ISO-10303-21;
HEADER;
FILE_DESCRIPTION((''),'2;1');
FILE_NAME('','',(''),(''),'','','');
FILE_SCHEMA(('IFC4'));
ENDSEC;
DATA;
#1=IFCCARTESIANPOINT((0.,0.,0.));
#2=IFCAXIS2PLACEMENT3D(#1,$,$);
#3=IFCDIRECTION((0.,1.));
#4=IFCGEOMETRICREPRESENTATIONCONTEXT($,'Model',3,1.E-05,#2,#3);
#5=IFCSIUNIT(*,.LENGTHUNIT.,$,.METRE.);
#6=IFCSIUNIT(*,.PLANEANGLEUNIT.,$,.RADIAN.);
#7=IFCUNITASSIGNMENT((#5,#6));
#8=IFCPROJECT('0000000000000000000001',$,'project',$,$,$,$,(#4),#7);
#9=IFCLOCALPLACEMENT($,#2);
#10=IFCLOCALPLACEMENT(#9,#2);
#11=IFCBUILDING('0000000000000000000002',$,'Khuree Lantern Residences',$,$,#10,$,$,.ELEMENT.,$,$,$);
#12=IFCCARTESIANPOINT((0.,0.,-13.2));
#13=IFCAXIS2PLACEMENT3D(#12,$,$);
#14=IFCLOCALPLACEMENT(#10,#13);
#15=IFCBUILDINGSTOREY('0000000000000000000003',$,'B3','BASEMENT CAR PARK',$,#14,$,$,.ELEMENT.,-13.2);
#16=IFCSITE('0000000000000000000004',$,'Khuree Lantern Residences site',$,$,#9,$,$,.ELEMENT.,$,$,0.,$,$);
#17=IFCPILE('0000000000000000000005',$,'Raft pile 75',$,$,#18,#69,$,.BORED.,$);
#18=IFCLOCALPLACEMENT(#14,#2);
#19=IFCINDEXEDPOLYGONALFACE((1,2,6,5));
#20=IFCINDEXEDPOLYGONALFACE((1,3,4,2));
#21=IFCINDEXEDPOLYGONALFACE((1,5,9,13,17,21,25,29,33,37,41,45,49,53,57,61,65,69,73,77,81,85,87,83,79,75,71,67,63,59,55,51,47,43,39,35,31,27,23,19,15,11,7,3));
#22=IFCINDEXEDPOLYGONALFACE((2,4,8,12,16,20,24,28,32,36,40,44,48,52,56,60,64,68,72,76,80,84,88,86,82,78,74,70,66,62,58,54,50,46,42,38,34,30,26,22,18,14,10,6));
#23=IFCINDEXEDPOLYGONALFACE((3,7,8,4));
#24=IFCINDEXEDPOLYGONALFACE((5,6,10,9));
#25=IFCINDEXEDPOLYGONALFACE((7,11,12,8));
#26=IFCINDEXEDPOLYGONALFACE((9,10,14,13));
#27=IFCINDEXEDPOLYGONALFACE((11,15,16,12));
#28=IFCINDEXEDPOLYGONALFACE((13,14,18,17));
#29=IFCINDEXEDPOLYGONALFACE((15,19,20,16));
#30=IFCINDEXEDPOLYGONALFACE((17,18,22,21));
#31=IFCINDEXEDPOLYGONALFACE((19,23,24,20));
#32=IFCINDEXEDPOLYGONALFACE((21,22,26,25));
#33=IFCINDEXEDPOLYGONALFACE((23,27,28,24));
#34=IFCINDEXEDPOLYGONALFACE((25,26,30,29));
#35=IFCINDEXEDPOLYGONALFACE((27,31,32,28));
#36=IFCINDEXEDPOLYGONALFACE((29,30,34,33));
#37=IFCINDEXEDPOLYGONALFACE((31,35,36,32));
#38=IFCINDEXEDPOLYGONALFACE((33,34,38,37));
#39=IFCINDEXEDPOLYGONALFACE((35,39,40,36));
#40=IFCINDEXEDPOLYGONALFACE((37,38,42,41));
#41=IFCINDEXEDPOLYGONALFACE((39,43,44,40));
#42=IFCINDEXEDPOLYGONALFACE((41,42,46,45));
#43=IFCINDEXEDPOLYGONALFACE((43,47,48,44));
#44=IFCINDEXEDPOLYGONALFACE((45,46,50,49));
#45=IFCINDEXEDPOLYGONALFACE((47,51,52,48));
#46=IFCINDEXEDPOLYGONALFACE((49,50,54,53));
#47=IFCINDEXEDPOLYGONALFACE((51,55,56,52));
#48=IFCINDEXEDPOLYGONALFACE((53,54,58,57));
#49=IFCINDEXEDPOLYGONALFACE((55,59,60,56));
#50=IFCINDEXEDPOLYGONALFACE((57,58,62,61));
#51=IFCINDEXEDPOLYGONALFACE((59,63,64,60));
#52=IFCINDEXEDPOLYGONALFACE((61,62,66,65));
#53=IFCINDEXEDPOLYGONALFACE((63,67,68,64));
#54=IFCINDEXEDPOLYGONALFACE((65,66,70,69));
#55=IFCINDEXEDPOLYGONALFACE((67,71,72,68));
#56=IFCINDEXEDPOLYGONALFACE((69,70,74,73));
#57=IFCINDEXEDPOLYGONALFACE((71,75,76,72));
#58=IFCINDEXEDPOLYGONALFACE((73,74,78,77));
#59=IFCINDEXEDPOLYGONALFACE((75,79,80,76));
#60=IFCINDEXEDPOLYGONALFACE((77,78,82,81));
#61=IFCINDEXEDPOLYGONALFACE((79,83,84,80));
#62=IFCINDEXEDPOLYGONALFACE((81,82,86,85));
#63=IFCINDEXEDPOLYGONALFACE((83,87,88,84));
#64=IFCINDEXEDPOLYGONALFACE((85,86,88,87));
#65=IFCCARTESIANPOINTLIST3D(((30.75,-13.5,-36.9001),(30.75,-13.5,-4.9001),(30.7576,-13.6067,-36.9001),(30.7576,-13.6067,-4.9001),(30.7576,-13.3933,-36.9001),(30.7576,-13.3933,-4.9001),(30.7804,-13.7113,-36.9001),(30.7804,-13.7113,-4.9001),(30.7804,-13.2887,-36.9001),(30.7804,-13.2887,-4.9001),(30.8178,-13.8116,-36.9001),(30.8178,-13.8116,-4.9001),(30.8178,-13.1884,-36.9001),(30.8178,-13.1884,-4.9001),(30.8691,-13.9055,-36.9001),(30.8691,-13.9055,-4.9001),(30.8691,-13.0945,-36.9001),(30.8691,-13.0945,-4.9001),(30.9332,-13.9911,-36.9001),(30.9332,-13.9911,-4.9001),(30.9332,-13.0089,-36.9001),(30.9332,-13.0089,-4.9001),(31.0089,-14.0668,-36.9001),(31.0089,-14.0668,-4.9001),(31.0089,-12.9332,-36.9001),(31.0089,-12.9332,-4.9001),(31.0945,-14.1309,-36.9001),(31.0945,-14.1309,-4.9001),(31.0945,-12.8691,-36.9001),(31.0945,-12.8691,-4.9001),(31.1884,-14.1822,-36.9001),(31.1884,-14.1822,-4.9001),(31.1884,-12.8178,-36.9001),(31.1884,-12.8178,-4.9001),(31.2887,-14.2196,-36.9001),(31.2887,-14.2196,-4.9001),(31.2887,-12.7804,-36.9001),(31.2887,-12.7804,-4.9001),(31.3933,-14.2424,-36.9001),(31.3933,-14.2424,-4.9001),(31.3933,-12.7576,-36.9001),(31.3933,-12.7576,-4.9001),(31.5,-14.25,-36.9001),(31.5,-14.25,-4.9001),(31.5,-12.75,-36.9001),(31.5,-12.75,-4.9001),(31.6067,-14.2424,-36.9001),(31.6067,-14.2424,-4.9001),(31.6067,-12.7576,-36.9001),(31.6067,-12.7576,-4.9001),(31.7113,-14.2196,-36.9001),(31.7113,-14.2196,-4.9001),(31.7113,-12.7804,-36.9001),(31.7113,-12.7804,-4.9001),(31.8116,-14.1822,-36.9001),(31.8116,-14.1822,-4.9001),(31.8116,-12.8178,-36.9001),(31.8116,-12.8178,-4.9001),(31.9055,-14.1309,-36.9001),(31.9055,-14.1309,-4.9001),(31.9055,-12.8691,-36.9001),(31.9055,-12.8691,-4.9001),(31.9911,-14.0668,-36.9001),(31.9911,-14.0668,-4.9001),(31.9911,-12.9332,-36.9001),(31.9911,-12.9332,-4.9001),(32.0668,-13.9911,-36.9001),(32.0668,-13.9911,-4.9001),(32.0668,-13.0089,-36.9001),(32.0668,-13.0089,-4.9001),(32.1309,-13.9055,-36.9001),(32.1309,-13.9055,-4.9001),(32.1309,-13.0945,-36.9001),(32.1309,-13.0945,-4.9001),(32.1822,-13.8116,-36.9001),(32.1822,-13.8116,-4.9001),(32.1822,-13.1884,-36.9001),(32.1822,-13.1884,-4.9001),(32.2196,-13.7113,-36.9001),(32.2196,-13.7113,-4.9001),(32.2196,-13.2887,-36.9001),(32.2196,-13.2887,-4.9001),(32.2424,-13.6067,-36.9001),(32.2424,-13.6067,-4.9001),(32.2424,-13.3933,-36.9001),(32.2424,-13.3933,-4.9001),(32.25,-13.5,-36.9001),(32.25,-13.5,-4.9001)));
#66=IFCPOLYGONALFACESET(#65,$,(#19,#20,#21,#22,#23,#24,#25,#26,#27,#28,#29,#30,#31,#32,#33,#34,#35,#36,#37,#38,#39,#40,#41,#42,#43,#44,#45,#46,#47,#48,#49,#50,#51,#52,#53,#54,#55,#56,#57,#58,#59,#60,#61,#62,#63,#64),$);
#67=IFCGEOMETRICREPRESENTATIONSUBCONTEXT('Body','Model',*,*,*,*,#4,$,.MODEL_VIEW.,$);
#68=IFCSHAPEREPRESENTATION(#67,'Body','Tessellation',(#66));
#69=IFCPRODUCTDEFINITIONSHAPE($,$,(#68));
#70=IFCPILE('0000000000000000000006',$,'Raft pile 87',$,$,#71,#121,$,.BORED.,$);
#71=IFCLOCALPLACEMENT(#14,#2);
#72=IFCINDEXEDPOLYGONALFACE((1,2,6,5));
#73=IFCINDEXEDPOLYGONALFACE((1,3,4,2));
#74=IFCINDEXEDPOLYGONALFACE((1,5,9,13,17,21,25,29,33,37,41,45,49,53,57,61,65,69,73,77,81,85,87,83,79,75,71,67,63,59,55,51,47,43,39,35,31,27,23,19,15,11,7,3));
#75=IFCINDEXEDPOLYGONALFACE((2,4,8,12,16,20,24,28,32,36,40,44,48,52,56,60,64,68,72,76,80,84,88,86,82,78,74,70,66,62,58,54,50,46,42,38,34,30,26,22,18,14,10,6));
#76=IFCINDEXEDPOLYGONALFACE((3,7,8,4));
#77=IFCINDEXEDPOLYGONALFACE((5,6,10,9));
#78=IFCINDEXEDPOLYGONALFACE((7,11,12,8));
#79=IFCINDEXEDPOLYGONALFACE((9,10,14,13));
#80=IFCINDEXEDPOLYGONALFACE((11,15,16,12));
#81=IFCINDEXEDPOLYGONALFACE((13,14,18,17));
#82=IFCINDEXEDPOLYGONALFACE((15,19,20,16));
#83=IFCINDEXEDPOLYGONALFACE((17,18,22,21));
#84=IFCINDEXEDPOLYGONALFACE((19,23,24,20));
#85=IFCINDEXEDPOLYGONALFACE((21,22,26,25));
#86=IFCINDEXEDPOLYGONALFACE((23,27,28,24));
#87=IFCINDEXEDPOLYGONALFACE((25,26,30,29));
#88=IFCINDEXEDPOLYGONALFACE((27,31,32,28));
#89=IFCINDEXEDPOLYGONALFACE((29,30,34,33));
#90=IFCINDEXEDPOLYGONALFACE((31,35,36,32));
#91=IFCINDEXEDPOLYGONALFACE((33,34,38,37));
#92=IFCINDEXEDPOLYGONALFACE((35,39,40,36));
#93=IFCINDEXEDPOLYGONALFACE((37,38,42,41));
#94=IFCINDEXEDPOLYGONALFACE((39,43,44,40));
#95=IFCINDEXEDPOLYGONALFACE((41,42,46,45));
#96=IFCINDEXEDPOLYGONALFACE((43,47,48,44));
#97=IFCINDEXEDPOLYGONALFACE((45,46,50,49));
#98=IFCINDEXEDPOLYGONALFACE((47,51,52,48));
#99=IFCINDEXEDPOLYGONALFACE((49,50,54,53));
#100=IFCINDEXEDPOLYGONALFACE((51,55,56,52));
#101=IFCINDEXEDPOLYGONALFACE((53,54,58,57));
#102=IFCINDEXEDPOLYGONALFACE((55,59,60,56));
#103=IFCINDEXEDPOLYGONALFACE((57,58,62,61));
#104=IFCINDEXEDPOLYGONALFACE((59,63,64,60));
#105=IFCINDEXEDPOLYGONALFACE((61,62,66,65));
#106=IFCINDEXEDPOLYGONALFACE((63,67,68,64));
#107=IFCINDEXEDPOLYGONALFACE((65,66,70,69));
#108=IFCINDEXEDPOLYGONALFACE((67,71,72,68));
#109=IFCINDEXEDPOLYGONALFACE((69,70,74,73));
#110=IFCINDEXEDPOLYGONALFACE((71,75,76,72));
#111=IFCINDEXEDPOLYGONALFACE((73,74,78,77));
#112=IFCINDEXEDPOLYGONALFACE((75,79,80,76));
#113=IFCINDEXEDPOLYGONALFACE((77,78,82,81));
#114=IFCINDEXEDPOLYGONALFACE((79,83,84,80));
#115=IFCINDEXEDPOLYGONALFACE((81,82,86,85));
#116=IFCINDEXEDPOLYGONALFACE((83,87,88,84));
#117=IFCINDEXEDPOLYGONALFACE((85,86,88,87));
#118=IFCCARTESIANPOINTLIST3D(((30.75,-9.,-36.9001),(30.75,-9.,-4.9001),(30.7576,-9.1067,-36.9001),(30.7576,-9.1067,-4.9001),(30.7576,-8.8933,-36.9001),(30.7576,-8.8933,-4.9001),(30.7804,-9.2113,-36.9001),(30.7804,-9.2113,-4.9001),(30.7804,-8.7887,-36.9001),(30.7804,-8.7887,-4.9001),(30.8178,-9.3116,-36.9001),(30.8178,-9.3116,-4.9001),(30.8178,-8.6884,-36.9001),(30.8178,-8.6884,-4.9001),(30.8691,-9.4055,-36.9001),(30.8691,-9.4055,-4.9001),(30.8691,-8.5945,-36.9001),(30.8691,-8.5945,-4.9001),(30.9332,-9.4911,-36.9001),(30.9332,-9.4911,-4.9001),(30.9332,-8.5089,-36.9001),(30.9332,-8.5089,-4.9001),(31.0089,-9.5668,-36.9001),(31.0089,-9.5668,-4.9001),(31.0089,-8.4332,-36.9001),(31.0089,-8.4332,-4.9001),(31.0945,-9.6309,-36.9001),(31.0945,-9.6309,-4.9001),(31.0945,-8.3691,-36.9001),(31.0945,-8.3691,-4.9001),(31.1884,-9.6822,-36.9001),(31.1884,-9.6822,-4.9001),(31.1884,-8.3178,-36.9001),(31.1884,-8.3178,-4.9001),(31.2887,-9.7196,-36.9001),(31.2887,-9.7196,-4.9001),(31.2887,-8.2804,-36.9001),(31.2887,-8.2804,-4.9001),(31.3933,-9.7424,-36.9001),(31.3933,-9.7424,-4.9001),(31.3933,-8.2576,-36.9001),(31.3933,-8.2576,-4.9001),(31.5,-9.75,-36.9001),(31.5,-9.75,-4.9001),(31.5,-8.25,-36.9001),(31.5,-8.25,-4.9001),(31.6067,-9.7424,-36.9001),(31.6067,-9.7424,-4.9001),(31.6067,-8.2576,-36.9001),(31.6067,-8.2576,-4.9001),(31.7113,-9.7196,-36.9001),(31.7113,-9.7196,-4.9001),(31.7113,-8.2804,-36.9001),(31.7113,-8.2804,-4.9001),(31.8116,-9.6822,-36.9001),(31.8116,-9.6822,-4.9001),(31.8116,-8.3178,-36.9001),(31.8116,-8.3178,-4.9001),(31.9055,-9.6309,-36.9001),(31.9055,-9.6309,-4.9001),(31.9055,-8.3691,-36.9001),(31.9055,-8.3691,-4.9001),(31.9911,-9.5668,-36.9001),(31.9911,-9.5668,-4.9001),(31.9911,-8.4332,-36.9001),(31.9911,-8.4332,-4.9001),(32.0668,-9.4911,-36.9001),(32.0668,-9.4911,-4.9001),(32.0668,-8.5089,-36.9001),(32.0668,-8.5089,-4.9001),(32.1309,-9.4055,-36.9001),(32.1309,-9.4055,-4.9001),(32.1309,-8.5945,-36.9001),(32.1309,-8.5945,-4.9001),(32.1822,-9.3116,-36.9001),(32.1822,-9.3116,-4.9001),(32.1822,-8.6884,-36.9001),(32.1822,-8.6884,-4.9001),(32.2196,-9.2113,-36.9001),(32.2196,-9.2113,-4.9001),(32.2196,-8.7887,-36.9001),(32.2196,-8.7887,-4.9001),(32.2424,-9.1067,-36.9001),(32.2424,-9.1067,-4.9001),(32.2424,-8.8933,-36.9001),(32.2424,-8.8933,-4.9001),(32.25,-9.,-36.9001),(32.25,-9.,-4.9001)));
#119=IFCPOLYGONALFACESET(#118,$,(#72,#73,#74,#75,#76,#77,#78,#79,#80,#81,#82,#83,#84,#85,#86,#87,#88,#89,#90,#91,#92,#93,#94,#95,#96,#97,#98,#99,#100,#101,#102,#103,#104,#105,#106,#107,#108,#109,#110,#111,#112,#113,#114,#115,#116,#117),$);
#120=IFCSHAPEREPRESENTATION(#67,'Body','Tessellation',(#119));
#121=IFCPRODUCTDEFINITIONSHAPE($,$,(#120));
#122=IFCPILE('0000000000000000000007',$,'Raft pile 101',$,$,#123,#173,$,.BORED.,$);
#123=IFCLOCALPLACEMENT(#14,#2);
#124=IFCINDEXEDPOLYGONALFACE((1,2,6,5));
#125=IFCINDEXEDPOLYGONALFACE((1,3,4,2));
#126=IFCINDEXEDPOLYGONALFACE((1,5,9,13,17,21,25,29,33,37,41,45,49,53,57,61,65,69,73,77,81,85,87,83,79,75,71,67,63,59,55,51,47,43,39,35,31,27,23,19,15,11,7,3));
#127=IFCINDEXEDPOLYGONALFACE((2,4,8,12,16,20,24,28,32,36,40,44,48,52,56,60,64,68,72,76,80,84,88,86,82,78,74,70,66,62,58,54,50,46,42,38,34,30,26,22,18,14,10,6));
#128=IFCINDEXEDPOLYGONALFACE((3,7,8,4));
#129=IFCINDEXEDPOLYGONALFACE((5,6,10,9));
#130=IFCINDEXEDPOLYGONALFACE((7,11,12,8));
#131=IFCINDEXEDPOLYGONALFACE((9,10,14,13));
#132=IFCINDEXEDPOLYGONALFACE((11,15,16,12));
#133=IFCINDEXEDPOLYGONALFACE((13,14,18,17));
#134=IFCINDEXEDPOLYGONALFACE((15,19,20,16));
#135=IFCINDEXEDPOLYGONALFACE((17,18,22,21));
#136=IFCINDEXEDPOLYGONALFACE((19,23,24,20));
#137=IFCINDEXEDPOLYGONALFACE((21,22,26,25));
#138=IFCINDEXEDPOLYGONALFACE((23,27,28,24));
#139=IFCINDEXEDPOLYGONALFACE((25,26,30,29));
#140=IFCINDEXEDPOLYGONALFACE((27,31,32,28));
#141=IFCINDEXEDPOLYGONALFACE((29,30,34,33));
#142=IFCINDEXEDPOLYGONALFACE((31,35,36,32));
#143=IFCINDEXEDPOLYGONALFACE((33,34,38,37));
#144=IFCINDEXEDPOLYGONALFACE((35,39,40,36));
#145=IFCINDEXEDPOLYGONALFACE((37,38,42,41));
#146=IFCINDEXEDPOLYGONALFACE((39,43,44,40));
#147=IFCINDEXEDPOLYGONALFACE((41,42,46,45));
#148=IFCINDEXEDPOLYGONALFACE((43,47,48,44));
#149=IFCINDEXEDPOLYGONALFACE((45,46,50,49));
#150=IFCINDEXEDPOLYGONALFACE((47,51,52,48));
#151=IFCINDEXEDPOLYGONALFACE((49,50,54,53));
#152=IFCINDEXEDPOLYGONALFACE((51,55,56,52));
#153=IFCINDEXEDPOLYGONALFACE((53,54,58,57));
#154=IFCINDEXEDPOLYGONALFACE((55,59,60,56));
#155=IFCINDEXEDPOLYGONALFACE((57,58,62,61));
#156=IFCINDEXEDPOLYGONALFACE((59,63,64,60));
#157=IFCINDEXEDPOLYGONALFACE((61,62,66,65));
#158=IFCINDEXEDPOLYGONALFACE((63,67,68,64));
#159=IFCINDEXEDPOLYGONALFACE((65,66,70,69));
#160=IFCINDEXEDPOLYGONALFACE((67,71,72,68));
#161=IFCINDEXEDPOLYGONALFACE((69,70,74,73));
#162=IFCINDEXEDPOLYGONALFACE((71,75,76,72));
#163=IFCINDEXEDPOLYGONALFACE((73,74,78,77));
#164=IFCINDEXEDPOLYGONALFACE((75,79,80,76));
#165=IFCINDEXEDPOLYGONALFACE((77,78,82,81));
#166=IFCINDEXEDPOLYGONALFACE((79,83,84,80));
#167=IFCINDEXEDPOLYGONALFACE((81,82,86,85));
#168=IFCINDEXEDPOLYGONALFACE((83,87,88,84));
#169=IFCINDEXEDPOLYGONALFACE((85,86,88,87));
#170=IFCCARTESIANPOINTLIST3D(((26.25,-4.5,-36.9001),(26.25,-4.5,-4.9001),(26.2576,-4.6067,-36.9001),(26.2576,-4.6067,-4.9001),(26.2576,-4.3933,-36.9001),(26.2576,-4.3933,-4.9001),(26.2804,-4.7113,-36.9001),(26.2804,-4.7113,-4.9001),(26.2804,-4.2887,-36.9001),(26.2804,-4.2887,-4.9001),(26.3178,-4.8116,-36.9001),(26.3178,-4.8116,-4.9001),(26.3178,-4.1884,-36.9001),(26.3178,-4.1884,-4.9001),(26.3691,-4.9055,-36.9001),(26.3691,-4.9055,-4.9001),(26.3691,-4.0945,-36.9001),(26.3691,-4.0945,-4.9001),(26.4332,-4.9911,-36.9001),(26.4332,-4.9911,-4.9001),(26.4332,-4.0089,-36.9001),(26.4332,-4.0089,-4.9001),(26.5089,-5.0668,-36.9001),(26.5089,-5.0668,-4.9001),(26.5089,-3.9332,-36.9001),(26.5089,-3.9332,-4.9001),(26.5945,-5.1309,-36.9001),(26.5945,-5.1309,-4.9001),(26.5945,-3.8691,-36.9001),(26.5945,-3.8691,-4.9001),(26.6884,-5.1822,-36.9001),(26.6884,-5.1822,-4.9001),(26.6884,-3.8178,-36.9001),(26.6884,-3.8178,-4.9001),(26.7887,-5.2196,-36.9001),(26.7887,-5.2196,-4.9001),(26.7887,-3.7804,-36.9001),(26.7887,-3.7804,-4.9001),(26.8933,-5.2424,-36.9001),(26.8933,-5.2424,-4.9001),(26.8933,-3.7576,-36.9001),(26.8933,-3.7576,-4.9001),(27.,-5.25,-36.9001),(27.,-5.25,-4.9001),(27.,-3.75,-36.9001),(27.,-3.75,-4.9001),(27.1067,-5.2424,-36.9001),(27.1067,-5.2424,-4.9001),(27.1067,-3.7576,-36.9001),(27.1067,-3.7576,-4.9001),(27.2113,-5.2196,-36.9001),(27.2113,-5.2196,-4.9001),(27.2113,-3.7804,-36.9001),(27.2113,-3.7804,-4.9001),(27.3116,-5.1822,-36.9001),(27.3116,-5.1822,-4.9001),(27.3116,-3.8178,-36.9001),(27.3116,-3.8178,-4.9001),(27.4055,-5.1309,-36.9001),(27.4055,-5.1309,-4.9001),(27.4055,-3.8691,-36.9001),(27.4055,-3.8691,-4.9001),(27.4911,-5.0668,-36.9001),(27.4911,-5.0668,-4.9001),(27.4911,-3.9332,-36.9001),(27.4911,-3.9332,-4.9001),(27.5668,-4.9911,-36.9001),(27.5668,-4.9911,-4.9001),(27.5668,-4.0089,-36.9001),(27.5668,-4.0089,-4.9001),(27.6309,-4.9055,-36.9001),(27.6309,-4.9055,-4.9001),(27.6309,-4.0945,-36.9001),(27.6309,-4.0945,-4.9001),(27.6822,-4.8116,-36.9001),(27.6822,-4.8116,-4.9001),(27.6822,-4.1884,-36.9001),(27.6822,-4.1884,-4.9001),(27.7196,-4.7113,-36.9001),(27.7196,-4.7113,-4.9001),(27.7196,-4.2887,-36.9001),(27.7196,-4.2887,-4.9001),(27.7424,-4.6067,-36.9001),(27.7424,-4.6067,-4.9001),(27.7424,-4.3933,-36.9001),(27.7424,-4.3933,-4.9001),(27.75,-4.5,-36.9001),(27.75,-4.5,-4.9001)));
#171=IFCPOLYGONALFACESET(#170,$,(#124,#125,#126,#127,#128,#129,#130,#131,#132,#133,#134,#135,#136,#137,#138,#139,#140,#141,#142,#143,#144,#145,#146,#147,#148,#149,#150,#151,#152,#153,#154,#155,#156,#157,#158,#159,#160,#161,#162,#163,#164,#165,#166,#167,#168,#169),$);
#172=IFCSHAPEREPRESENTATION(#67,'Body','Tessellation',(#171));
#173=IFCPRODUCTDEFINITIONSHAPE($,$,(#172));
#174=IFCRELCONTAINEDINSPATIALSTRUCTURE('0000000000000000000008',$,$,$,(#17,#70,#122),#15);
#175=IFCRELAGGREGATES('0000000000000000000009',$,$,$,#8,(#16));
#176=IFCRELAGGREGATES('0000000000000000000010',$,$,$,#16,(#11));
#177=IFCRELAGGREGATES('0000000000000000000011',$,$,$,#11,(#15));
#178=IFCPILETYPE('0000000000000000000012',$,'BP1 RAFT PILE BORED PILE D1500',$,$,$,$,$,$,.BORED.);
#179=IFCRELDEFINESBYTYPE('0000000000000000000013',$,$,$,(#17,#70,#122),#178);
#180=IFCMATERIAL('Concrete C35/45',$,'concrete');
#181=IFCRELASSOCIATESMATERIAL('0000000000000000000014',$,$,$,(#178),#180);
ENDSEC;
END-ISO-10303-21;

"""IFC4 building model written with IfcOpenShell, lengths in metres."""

from ifc_helpers import new_model, si_unit, direction, frame, origin, origin_2d, place, context, subcontext, project, spatial, circle, extrude, material, material_profile, profile_set, type_object, element, save


model = new_model("IFC4")

# Units and contexts
model_context = context("Model", 3, precision=1e-05, world=origin(), true_north=direction((0.0, 1.0)))
body_context = subcontext(model_context, "Body", "Model", "MODEL_VIEW")
ifc_project = project(units=[si_unit("LENGTHUNIT", "METRE"), si_unit("PLANEANGLEUNIT", "RADIAN")], contexts=[model_context])

# Site, building, storey
site_placement = place(None, origin())
site = spatial("IfcSite", under=ifc_project, at=site_placement, Name="Khuree Lantern Residences site", CompositionType="ELEMENT", RefElevation=0.0)
building_placement = place(site_placement, origin())
building = spatial("IfcBuilding", under=site, at=building_placement, Name="Khuree Lantern Residences", CompositionType="ELEMENT")
storey_placement = place(building_placement, frame((0.0, 0.0, -13.2)))
storey = spatial("IfcBuildingStorey", under=building, at=storey_placement, Name="B3", Description="BASEMENT CAR PARK", CompositionType="ELEMENT", Elevation=-13.2)

# Piles
ifc_material_1 = material(Name="Concrete C35/45", Category="concrete")
ifc_material_profile_1 = material_profile(ifc_material_1, circle(Radius=0.75, at=origin_2d()), Name="BORED PILE D1500")
ifc_profile_set_1 = profile_set([ifc_material_profile_1], Name="Concrete C35/45")
pile_type_1 = type_object("IfcPileType", Name="BP1 RAFT PILE BORED PILE D1500", PredefinedType="BORED", material=ifc_profile_set_1)
for number, where, z_axis, x_axis, name in (
    (1, (31.5, -13.5, -4.9001), (0.0, 0.0, -1.0), (1.0, 0.0, 0.0), "Raft pile 75"),
    (2, (31.5, -9.0, -4.9001), (0.0, 0.0, -1.0), (1.0, 0.0, 0.0), "Raft pile 87"),
    (3, (27.0, -4.5, -4.9001), (0.0, 0.0, -1.0), (1.0, 0.0, 0.0), "Raft pile 101"),
):
    element("IfcPile", number, at=place(storey_placement, frame(where, z_axis=z_axis, x_axis=x_axis)), inside=storey, type_object=pile_type_1, Name=name, PredefinedType="BORED", context=body_context, shape_type="SweptSolid", body=[
        extrude(circle(Radius=0.75, at=origin_2d()), origin(), (0.0, 0.0, 1.0), 32.0),
    ])

save(model, "model.ifc")
